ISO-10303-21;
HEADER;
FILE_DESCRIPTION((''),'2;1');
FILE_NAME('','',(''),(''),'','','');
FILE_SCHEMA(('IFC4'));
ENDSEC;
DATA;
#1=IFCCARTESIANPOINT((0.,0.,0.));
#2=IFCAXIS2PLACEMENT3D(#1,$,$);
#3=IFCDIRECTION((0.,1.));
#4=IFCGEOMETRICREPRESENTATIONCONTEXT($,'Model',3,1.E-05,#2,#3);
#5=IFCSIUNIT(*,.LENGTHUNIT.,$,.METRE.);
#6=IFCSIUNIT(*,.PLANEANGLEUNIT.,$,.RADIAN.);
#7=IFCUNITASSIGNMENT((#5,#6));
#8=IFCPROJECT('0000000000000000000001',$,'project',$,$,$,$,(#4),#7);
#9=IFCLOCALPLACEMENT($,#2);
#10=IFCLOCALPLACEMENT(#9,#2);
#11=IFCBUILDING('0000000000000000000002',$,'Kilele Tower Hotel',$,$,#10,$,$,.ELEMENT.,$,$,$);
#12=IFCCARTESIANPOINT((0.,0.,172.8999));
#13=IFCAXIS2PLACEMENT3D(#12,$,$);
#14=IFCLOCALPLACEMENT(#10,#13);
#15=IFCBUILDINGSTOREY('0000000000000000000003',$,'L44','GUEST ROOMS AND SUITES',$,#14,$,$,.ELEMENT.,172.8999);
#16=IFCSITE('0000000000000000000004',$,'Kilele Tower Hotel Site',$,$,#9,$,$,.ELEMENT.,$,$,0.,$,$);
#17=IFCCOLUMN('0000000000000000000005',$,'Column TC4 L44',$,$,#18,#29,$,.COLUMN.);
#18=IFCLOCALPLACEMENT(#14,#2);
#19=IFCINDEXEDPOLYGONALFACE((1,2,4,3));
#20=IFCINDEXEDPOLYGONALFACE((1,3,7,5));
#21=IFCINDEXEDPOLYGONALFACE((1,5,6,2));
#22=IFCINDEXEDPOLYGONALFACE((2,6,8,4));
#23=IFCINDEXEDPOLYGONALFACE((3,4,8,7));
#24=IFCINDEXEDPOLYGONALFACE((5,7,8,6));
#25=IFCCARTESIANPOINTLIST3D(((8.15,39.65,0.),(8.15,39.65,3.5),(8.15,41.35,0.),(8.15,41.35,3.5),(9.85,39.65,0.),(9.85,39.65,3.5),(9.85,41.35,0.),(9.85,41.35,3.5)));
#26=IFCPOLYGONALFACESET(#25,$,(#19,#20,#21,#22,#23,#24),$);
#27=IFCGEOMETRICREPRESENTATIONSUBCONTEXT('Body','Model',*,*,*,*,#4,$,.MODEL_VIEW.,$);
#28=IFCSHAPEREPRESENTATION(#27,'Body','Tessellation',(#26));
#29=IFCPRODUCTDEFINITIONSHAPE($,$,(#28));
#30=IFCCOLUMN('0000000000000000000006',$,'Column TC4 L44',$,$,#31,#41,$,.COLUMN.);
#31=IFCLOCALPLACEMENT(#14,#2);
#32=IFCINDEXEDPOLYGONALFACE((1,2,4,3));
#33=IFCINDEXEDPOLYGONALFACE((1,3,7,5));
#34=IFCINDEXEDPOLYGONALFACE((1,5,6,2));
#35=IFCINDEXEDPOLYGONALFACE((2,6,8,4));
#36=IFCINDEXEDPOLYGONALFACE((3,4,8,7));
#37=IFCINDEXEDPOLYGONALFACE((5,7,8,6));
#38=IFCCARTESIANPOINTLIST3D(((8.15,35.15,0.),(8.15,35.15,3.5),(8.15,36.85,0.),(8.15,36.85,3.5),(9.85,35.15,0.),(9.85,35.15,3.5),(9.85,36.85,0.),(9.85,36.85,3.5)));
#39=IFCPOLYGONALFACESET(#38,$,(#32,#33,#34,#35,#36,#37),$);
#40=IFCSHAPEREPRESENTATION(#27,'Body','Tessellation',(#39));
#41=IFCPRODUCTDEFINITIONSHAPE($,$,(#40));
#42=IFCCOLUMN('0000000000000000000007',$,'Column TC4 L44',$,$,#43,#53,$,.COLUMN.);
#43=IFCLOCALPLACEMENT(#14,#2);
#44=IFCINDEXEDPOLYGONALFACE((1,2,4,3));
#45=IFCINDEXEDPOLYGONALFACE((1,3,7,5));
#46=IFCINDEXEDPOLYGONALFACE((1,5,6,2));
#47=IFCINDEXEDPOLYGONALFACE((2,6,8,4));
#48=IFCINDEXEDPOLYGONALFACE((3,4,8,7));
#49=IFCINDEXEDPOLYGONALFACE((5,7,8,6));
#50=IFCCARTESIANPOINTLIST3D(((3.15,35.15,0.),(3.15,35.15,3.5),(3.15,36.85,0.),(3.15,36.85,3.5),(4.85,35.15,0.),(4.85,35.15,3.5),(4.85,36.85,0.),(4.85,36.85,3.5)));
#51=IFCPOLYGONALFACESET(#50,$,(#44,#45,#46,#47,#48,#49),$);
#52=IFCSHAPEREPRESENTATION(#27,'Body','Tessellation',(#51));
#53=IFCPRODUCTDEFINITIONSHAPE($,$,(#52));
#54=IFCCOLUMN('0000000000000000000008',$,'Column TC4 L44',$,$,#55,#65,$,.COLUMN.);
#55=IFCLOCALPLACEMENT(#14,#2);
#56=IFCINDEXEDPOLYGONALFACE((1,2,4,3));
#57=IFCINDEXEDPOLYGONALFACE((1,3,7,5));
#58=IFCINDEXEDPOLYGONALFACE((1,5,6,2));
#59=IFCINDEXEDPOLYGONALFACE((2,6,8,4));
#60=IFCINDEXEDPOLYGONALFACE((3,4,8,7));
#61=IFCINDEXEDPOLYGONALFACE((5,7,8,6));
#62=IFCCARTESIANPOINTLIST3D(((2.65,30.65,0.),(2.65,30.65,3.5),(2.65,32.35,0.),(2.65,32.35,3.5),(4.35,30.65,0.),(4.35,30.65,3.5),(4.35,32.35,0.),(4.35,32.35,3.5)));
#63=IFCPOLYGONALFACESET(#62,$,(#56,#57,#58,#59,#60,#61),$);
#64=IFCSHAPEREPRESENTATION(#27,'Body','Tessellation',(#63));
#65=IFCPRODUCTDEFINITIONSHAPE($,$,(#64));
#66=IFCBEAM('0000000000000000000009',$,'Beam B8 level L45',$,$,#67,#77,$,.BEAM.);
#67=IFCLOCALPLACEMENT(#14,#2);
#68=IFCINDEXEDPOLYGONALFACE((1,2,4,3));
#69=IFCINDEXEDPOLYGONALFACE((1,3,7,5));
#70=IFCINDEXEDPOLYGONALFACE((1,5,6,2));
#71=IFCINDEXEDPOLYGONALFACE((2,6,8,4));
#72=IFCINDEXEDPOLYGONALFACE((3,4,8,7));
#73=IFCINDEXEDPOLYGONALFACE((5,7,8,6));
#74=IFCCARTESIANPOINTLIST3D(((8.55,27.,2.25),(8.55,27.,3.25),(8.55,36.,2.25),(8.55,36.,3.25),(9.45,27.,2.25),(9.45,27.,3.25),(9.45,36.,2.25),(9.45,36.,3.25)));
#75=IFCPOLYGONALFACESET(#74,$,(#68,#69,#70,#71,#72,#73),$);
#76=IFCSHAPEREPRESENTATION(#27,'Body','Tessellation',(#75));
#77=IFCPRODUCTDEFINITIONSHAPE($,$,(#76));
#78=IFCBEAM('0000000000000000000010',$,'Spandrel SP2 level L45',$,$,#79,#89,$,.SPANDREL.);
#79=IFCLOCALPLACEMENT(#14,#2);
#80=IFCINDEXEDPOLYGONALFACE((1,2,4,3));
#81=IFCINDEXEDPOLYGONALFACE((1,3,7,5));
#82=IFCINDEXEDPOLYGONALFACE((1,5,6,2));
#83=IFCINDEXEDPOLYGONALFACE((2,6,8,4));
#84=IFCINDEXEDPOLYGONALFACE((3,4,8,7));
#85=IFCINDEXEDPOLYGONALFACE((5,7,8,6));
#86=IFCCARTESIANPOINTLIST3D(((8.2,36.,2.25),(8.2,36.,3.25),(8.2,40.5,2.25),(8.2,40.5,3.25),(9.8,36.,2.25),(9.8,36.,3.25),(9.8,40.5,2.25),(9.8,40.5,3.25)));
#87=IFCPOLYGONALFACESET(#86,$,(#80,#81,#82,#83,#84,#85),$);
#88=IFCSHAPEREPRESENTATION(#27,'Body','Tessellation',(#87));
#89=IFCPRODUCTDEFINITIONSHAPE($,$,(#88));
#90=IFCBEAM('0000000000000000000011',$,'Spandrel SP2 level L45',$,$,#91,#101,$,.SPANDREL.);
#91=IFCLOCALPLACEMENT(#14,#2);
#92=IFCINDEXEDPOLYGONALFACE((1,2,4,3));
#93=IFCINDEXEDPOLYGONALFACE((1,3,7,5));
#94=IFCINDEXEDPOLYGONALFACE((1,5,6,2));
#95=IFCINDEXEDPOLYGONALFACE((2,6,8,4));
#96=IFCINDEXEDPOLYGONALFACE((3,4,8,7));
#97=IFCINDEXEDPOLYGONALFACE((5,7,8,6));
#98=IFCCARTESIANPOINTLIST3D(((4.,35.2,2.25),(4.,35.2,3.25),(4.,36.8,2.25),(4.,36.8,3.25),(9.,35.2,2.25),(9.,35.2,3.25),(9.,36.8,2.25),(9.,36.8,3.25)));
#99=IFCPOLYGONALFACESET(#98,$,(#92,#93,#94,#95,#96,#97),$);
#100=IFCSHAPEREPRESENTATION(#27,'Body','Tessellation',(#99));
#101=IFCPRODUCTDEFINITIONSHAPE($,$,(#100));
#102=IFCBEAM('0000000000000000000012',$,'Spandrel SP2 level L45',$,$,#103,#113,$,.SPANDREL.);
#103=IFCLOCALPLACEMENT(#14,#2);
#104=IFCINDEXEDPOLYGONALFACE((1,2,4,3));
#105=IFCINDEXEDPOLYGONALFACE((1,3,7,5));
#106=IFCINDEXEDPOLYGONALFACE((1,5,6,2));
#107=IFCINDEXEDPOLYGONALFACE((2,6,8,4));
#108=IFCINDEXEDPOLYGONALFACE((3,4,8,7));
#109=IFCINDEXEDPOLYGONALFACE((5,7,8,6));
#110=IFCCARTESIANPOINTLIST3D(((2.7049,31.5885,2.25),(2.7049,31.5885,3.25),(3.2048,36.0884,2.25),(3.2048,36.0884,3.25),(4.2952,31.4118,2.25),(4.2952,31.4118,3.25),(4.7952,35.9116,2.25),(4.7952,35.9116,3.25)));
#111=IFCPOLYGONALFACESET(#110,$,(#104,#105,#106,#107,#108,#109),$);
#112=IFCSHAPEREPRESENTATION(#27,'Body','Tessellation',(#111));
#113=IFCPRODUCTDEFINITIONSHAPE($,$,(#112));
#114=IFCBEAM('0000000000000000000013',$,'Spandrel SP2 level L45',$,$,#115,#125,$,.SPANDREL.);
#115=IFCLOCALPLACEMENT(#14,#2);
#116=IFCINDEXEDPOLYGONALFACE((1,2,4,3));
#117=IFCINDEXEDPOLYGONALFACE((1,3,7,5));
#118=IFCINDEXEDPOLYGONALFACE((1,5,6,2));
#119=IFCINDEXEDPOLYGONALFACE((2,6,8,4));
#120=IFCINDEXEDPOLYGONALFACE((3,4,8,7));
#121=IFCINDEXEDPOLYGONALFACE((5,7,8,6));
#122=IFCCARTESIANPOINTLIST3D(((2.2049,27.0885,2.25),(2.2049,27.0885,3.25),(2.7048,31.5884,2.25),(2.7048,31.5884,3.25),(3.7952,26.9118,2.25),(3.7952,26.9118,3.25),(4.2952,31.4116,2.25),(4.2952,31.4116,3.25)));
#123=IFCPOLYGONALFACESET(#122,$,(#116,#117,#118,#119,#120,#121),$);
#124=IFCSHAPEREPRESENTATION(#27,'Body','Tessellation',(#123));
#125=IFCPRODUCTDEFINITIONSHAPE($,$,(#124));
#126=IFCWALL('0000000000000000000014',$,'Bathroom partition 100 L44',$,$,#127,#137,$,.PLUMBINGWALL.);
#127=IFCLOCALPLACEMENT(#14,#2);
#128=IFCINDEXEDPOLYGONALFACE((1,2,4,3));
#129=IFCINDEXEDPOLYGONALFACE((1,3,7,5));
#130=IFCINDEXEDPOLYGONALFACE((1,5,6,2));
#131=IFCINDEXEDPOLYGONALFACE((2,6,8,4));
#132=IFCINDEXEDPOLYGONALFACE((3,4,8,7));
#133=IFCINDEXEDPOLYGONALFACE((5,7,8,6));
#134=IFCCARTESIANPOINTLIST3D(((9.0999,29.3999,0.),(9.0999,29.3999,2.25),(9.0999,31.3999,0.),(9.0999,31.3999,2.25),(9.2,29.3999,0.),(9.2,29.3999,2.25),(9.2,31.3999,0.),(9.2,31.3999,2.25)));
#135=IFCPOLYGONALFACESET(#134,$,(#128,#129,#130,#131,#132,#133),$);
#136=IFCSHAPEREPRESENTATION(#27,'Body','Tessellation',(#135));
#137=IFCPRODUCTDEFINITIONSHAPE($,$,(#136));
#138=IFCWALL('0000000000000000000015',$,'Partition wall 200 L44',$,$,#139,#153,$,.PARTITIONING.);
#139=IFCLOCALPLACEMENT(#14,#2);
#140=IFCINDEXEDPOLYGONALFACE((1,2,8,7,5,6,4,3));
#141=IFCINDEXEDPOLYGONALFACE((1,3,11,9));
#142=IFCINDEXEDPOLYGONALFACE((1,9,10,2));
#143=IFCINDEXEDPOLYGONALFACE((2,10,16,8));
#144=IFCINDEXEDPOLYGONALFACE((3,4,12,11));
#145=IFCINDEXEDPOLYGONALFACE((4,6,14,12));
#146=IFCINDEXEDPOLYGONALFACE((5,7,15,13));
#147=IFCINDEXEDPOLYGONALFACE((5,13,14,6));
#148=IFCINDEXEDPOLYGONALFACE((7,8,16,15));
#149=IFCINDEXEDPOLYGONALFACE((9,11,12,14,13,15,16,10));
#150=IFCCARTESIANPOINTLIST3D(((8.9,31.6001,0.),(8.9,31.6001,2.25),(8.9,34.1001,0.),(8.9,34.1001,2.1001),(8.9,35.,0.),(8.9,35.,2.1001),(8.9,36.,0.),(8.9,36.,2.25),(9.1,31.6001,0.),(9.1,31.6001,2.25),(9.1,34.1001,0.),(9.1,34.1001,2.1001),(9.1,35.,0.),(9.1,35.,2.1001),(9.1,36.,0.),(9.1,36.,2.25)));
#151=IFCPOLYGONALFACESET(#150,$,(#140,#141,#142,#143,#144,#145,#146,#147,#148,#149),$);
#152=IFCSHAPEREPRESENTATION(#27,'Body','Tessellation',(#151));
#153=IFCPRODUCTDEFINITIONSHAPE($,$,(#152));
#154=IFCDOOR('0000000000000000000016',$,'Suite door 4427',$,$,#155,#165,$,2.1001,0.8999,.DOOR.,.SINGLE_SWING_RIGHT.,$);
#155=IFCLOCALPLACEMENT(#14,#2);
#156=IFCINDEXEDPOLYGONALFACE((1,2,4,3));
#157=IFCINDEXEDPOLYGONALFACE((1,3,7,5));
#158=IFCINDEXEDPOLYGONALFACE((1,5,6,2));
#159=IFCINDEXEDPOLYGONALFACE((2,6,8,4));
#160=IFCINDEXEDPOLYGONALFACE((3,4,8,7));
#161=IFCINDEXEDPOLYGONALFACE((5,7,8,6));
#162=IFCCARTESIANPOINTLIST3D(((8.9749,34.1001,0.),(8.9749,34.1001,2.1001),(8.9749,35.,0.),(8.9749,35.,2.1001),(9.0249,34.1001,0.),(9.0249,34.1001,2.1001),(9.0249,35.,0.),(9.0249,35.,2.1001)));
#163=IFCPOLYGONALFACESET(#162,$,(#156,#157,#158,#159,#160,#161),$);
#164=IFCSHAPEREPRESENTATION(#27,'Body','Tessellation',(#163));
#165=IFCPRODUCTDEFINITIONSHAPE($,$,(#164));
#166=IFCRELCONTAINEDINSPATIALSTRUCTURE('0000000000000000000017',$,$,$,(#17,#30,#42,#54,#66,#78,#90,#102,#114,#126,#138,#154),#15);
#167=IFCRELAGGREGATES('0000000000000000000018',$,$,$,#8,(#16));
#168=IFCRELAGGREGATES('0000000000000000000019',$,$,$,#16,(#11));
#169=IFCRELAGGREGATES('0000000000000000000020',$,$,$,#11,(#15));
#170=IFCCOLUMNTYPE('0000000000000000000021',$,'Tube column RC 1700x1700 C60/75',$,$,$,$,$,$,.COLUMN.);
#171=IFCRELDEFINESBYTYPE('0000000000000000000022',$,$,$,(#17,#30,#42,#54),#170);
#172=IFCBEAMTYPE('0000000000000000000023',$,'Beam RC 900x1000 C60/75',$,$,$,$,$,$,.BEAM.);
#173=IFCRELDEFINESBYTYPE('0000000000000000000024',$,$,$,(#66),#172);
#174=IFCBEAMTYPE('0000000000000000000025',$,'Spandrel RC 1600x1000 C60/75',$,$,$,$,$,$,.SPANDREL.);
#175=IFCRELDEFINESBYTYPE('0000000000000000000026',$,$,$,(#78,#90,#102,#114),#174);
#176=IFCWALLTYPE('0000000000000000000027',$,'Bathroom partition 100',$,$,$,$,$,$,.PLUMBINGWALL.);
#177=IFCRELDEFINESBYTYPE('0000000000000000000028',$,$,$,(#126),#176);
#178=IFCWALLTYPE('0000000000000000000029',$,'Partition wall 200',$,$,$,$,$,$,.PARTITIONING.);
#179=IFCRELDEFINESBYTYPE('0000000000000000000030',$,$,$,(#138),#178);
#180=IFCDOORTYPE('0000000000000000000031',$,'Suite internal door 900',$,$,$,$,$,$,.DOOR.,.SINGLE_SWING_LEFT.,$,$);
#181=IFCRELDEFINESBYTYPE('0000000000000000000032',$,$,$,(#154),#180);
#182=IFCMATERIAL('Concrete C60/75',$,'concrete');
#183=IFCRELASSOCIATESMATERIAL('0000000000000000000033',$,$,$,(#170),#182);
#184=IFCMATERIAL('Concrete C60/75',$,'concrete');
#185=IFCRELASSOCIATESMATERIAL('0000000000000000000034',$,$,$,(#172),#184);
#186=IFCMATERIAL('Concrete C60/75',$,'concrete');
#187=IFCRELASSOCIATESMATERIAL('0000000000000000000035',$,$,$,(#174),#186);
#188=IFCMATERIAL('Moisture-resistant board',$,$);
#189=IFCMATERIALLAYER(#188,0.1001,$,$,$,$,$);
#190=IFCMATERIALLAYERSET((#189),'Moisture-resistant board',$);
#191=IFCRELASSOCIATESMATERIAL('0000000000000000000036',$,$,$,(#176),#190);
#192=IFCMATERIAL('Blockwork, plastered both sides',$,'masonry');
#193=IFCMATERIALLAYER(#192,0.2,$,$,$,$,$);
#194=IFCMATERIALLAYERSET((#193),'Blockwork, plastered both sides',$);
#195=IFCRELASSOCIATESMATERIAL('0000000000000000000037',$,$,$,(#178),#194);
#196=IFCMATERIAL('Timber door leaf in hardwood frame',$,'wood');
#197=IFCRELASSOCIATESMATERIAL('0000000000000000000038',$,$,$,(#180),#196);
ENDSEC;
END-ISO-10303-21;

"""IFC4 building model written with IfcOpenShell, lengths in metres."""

from ifc_helpers import new_model, si_unit, direction, frame, frame_2d, origin, origin_2d, place, context, subcontext, project, spatial, rectangle, extrude, material, layer, layer_set, material_profile, profile_set, type_object, element, fill, save


model = new_model("IFC4")

# Units and contexts
model_context = context("Model", 3, precision=1e-05, world=origin(), true_north=direction((0.0, 1.0)))
body_context = subcontext(model_context, "Body", "Model", "MODEL_VIEW")
ifc_project = project(units=[si_unit("LENGTHUNIT", "METRE"), si_unit("PLANEANGLEUNIT", "RADIAN")], contexts=[model_context])

# Site, building, storey
site_placement = place(None, origin())
site = spatial("IfcSite", under=ifc_project, at=site_placement, Name="Kilele Tower Hotel Site", CompositionType="ELEMENT", RefElevation=0.0)
building_placement = place(site_placement, origin())
building = spatial("IfcBuilding", under=site, at=building_placement, Name="Kilele Tower Hotel", CompositionType="ELEMENT")
storey_placement = place(building_placement, frame((0.0, 0.0, 172.8999)))
storey = spatial("IfcBuildingStorey", under=building, at=storey_placement, Name="L44", Description="GUEST ROOMS AND SUITES", CompositionType="ELEMENT", Elevation=172.8999)

# Columns
ifc_material_1 = material(Name="Concrete C60/75", Category="concrete")
ifc_material_profile_1 = material_profile(ifc_material_1, rectangle(XDim=1.7, YDim=1.7, at=origin_2d()))
ifc_profile_set_1 = profile_set([ifc_material_profile_1], Name="Concrete C60/75")
column_type = type_object("IfcColumnType", Name="Tube column RC 1700x1700 C60/75", PredefinedType="COLUMN", material=ifc_profile_set_1)
for number, where, z_axis, x_axis, name in (
    (1, (9.0, 40.5, 0.0), (0.0, 0.0, 1.0), (1.0, 0.0, 0.0), "Column TC4 L44"),
    (2, (9.0, 36.0, 0.0), (0.0, 0.0, 1.0), (1.0, 0.0, 0.0), "Column TC4 L44"),
    (3, (4.0, 36.0, 0.0), (0.0, 0.0, 1.0), (1.0, 0.0, 0.0), "Column TC4 L44"),
    (4, (3.5, 31.5, 0.0), (0.0, 0.0, 1.0), (1.0, 0.0, 0.0), "Column TC4 L44"),
):
    element("IfcColumn", number, at=place(storey_placement, frame(where, z_axis=z_axis, x_axis=x_axis)), inside=storey, type_object=column_type, Name=name, PredefinedType="COLUMN", context=body_context, shape_type="SweptSolid", body=[
        extrude(rectangle(XDim=1.7, YDim=1.7, at=origin_2d()), origin(), (0.0, 0.0, 1.0), 3.5),
    ])

# Beams
ifc_material_2 = material(Name="Concrete C60/75", Category="concrete")
ifc_material_profile_2 = material_profile(ifc_material_2, rectangle(XDim=0.8999, YDim=1.0, at=origin_2d()))
ifc_profile_set_2 = profile_set([ifc_material_profile_2], Name="Concrete C60/75")
beam_type_1 = type_object("IfcBeamType", Name="Beam RC 900x1000 C60/75", PredefinedType="BEAM", material=ifc_profile_set_2)
beam_1_placement = place(storey_placement, frame((9.0, 36.0, 2.75), z_axis=(0.0, -1.0, 0.0), x_axis=(1.0, 0.0, 0.0)))
element("IfcBeam", 5, at=beam_1_placement, inside=storey, type_object=beam_type_1, Name="Beam B8 level L45", PredefinedType="BEAM", context=body_context, shape_type="SweptSolid", body=[
    extrude(rectangle(XDim=0.8999, YDim=1.0, at=origin_2d()), origin(), (0.0, 0.0, 1.0), 9.0),
])
ifc_material_3 = material(Name="Concrete C60/75", Category="concrete")
ifc_material_profile_3 = material_profile(ifc_material_3, rectangle(XDim=1.6001, YDim=1.0, at=origin_2d()))
ifc_profile_set_3 = profile_set([ifc_material_profile_3], Name="Concrete C60/75")
beam_type_2 = type_object("IfcBeamType", Name="Spandrel RC 1600x1000 C60/75", PredefinedType="SPANDREL", material=ifc_profile_set_3)
beam_2_placement = place(storey_placement, frame((9.0, 40.5, 2.75), z_axis=(0.0, -1.0, 0.0), x_axis=(1.0, 0.0, 0.0)))
element("IfcBeam", 6, at=beam_2_placement, inside=storey, type_object=beam_type_2, Name="Spandrel SP2 level L45", PredefinedType="SPANDREL", context=body_context, shape_type="SweptSolid", body=[
    extrude(rectangle(XDim=1.6001, YDim=1.0, at=origin_2d()), origin(), (0.0, 0.0, 1.0), 4.5),
])
beam_3_placement = place(storey_placement, frame((9.0, 36.0, 2.75), z_axis=(-1.0, 0.0, 0.0), x_axis=(0.0, -1.0, 0.0)))
element("IfcBeam", 7, at=beam_3_placement, inside=storey, type_object=beam_type_2, Name="Spandrel SP2 level L45", PredefinedType="SPANDREL", context=body_context, shape_type="SweptSolid", body=[
    extrude(rectangle(XDim=1.6001, YDim=1.0, at=origin_2d()), origin(), (0.0, 0.0, 1.0), 5.0),
])
for number, where, z_axis, x_axis, name in (
    (8, (4.0, 36.0, 2.75), (-0.110432, -0.993884, 0.0), (0.993884, -0.110432, 0.0), "Spandrel SP2 level L45"),
    (9, (3.5, 31.5, 2.75), (-0.110432, -0.993884, 0.0), (0.993884, -0.110432, 0.0), "Spandrel SP2 level L45"),
):
    element("IfcBeam", number, at=place(storey_placement, frame(where, z_axis=z_axis, x_axis=x_axis)), inside=storey, type_object=beam_type_2, Name=name, PredefinedType="SPANDREL", context=body_context, shape_type="SweptSolid", body=[
        extrude(rectangle(XDim=1.6001, YDim=1.0, at=origin_2d()), origin(), (0.0, 0.0, 1.0), 4.5276),
    ])

# Wall
ifc_material_4 = material(Name="Moisture-resistant board")
ifc_layer_1 = layer(ifc_material_4, 0.1001)
ifc_layer_set_1 = layer_set([ifc_layer_1], Name="Moisture-resistant board")
wall_type_1 = type_object("IfcWallType", Name="Bathroom partition 100", PredefinedType="PLUMBINGWALL", material=ifc_layer_set_1)
wall_1_placement = place(storey_placement, frame((9.1499, 31.3999, 0.0), z_axis=(0.0, 0.0, 1.0), x_axis=(0.0, -1.0, 0.0)))
element("IfcWall", 10, at=wall_1_placement, inside=storey, type_object=wall_type_1, Name="Bathroom partition 100 L44", PredefinedType="PLUMBINGWALL", context=body_context, shape_type="SweptSolid", body=[
    extrude(rectangle(XDim=2.0, YDim=0.1001, at=frame_2d((1.0, 0.0))), origin(), (0.0, 0.0, 1.0), 2.25),
])

# Wall, opening, door
ifc_material_5 = material(Name="Blockwork, plastered both sides", Category="masonry")
ifc_layer_2 = layer(ifc_material_5, 0.2)
ifc_layer_set_2 = layer_set([ifc_layer_2], Name="Blockwork, plastered both sides")
wall_type_2 = type_object("IfcWallType", Name="Partition wall 200", PredefinedType="PARTITIONING", material=ifc_layer_set_2)
wall_2_placement = place(storey_placement, frame((9.0, 31.6001, 0.0), z_axis=(0.0, 0.0, 1.0), x_axis=(0.0, 1.0, 0.0)))
wall_2 = element("IfcWall", 11, at=wall_2_placement, inside=storey, type_object=wall_type_2, Name="Partition wall 200 L44", PredefinedType="PARTITIONING", context=body_context, shape_type="SweptSolid", body=[
    extrude(rectangle(XDim=4.3999, YDim=0.2, at=frame_2d((2.2, 0.0))), origin(), (0.0, 0.0, 1.0), 2.25),
])
opening_1_placement = place(wall_2_placement, frame((3.3999, 0.0, 0.0), z_axis=(0.0, 0.0, 1.0), x_axis=(-1.0, 0.0, 0.0)))
opening_1 = element("IfcOpeningElement", 12, at=opening_1_placement, cuts=wall_2, PredefinedType="OPENING", context=body_context, shape_type="SweptSolid", body=[
    extrude(rectangle(XDim=0.8999, YDim=2.1001, at=frame_2d((0.45, 1.05))), frame((0.0, 0.1099, 0.0), z_axis=(0.0, -1.0, 0.0), x_axis=(1.0, 0.0, 0.0)), (0.0, 0.0, 1.0), 0.22),
])
ifc_material_6 = material(Name="Timber door leaf in hardwood frame", Category="wood")
door_type = type_object("IfcDoorType", Name="Suite internal door 900", OperationType="SINGLE_SWING_LEFT", PredefinedType="DOOR", material=ifc_material_6)
door_placement = place(opening_1_placement, origin())
door = element("IfcDoor", 13, at=door_placement, inside=storey, type_object=door_type, Name="Suite door 4427", OperationType="SINGLE_SWING_RIGHT", OverallHeight=2.1001, OverallWidth=0.8999, PredefinedType="DOOR", context=body_context, shape_type="SweptSolid", body=[
    extrude(rectangle(XDim=0.8999, YDim=2.1001, at=frame_2d((0.45, 1.05))), frame((0.0, 0.0249, 0.0), z_axis=(0.0, -1.0, 0.0), x_axis=(1.0, 0.0, 0.0)), (0.0, 0.0, 1.0), 0.05),
])
fill(opening_1, door)

save(model, "model.ifc")
